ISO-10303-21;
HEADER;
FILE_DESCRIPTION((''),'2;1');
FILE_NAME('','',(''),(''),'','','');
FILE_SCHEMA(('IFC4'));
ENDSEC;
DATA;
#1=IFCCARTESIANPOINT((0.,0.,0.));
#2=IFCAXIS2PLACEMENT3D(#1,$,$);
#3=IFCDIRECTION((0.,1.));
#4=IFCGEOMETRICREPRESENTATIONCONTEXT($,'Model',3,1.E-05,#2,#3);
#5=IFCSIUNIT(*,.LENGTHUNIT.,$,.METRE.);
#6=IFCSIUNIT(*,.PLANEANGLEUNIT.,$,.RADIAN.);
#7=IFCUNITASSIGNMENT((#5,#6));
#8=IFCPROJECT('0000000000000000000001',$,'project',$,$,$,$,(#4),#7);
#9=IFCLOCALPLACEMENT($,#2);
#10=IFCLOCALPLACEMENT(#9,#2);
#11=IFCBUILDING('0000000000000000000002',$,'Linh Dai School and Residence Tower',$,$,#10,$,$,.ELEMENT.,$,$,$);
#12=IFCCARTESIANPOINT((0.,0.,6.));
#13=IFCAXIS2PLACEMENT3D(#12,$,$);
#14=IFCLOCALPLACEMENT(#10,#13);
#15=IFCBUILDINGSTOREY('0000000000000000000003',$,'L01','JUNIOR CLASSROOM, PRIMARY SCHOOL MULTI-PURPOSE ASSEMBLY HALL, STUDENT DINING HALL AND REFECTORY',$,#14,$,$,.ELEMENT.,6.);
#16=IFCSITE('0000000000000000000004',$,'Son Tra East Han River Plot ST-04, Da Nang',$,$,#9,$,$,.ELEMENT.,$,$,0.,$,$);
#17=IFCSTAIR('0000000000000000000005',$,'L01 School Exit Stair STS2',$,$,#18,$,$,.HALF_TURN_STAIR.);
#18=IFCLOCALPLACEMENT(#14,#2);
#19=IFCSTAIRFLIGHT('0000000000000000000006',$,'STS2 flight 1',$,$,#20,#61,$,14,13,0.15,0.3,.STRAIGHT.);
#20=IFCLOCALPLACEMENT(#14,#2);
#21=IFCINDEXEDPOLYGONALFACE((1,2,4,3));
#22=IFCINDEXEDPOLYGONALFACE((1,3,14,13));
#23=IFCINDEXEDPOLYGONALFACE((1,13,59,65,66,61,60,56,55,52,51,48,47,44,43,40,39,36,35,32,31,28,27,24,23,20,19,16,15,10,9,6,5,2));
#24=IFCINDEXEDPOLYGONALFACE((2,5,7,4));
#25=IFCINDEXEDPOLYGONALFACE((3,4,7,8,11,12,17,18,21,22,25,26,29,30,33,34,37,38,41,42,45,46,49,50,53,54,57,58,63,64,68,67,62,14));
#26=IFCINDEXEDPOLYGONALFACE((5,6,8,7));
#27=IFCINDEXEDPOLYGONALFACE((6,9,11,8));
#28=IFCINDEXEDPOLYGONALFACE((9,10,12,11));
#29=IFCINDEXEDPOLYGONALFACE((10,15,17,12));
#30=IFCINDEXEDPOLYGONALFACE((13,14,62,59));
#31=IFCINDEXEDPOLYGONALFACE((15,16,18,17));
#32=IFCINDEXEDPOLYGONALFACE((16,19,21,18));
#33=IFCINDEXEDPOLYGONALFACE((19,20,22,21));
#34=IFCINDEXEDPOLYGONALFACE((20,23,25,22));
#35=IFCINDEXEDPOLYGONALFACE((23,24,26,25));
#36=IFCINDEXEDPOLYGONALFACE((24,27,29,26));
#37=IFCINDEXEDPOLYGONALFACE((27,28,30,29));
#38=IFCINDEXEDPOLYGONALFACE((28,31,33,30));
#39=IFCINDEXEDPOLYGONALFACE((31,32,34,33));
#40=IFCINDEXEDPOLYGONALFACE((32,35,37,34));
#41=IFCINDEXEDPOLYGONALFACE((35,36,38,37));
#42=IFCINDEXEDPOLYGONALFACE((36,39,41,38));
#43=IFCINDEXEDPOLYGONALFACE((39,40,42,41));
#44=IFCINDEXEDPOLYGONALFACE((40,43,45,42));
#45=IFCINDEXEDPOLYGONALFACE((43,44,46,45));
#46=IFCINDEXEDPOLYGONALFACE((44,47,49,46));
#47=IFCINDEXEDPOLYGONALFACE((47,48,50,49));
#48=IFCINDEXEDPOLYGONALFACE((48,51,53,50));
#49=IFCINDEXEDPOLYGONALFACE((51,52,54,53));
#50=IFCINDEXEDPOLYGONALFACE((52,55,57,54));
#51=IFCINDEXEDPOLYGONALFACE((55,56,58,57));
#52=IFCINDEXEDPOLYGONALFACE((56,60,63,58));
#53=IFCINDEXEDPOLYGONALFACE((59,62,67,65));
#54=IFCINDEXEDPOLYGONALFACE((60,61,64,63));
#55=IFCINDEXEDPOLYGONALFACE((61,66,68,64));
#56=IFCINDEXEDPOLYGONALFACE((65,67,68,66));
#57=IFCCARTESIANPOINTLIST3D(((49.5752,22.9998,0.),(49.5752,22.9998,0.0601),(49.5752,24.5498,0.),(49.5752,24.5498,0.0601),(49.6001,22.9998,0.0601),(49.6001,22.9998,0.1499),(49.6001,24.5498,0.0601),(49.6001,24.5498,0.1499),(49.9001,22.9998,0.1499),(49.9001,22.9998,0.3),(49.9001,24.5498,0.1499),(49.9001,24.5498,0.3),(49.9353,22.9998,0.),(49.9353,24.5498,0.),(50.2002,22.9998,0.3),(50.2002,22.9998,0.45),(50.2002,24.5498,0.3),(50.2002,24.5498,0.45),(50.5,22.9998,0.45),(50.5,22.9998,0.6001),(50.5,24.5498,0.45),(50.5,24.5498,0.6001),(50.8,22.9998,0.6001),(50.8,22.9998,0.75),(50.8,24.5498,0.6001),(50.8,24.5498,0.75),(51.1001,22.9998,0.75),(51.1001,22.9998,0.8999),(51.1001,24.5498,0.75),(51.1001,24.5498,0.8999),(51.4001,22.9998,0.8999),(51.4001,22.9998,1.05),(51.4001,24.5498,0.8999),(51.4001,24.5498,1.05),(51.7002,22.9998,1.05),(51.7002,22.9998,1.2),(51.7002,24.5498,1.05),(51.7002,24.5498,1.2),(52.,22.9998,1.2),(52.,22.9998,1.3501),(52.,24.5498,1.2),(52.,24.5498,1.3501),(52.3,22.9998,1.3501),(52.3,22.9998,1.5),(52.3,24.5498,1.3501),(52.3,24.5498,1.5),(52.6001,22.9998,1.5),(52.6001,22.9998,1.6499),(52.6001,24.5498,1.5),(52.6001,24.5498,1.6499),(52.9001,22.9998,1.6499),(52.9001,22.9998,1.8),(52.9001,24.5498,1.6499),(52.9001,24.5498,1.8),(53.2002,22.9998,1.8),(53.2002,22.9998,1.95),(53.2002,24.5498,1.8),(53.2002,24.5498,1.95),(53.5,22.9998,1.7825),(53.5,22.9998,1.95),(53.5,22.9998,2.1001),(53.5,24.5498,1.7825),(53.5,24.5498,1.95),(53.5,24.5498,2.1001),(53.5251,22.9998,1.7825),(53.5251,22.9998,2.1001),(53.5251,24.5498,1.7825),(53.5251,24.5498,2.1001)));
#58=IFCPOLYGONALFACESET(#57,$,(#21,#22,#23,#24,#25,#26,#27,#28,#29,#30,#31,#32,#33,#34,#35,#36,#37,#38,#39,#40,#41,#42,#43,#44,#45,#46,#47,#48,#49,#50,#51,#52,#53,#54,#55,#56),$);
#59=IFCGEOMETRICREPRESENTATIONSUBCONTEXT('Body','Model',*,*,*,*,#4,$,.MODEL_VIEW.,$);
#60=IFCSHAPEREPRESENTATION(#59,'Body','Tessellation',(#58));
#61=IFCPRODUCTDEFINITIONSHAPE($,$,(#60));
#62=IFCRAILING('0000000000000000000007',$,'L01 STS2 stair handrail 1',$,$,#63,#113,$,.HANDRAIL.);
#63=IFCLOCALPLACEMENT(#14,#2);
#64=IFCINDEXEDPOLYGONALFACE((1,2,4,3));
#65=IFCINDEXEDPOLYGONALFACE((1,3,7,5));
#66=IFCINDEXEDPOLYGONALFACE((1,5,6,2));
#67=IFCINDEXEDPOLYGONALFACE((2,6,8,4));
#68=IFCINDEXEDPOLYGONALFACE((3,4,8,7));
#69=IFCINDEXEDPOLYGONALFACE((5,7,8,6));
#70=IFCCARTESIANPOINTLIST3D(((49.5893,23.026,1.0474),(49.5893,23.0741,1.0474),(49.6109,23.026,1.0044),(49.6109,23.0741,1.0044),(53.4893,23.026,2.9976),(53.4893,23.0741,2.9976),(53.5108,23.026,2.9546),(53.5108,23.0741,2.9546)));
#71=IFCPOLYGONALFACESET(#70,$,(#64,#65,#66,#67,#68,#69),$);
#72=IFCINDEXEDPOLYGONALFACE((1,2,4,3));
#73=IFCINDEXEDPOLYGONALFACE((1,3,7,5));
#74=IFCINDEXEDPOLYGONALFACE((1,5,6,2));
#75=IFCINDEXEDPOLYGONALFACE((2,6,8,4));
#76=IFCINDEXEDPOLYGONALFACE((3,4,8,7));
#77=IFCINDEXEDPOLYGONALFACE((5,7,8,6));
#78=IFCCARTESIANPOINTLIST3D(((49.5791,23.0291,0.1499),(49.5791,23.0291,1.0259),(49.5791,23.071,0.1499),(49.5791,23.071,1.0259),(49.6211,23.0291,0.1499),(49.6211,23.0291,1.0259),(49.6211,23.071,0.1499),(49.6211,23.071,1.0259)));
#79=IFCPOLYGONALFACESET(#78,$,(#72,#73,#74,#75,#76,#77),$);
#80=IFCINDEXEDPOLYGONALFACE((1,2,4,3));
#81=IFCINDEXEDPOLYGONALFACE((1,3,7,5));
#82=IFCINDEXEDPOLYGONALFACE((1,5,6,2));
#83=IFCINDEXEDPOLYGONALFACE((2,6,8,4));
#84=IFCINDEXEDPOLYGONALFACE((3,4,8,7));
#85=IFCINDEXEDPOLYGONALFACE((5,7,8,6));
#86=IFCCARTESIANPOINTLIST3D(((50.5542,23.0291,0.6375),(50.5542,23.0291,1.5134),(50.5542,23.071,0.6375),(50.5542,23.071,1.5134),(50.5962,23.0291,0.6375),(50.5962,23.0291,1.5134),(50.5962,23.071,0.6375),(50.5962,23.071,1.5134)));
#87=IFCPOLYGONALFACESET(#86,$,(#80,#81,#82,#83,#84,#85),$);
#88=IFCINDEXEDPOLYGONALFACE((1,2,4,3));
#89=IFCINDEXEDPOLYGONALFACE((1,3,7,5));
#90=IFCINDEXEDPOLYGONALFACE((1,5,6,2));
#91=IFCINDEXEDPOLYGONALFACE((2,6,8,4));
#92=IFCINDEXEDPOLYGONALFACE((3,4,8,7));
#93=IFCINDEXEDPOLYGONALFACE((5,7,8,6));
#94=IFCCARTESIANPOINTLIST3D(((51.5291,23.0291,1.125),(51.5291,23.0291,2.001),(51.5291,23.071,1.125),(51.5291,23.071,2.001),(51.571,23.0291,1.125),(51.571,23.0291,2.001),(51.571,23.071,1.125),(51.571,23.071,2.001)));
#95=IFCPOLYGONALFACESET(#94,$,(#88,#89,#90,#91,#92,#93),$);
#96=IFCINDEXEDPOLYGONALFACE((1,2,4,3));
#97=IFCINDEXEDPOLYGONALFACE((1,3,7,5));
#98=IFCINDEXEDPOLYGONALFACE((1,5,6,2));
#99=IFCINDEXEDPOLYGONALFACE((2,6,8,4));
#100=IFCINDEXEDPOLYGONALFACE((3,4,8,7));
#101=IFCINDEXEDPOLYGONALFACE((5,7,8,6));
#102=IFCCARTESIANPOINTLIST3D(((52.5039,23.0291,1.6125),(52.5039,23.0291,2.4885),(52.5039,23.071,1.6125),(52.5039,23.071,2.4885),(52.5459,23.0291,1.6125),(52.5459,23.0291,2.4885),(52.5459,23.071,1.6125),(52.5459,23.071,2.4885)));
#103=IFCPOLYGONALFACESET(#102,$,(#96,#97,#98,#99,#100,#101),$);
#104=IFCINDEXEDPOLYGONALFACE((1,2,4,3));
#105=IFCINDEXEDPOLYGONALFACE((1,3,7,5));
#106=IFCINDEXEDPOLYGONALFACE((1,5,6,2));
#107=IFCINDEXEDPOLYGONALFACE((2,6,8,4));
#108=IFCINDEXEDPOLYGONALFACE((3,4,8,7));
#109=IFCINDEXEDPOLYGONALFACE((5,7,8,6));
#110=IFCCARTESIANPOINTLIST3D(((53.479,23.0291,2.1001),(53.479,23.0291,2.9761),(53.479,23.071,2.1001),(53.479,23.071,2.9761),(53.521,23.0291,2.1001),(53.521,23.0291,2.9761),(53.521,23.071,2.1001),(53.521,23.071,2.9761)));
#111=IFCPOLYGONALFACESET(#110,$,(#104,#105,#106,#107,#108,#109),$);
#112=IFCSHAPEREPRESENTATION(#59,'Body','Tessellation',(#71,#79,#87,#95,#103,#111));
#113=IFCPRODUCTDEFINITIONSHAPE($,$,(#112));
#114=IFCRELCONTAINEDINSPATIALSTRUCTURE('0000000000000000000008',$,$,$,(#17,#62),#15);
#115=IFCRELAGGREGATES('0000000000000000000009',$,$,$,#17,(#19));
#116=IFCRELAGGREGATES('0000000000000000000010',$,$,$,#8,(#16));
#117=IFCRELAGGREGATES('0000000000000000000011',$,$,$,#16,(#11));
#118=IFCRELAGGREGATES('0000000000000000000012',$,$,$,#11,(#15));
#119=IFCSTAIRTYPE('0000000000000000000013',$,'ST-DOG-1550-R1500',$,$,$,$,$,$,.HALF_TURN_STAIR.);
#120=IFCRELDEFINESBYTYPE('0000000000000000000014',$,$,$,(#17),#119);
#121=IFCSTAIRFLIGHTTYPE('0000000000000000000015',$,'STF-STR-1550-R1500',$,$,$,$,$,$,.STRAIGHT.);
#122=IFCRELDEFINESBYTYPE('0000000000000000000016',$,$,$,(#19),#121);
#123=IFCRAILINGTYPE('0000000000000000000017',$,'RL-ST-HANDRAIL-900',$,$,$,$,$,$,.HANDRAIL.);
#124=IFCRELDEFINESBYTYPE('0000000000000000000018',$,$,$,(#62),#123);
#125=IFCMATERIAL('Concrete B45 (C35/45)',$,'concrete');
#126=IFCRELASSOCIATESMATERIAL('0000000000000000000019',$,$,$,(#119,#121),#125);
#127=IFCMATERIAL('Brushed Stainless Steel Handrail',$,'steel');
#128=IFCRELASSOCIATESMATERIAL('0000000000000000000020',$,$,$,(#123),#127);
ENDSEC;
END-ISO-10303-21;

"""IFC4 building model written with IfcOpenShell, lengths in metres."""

from ifc_helpers import new_model, si_unit, direction, frame, origin, origin_2d, place, context, subcontext, project, spatial, polyline, rectangle, outline, extrude, source, transform, mapped, material, type_object, element, aggregate, save


model = new_model("IFC4")

# Units and contexts
model_context = context("Model", 3, precision=1e-05, world=origin(), true_north=direction((0.0, 1.0)))
body_context = subcontext(model_context, "Body", "Model", "MODEL_VIEW")
ifc_project = project(units=[si_unit("LENGTHUNIT", "METRE"), si_unit("PLANEANGLEUNIT", "RADIAN")], contexts=[model_context])

# Site, building, storey
site_placement = place(None, origin())
site = spatial("IfcSite", under=ifc_project, at=site_placement, Name="Son Tra East Han River Plot ST-04, Da Nang", CompositionType="ELEMENT", RefElevation=0.0)
building_placement = place(site_placement, origin())
building = spatial("IfcBuilding", under=site, at=building_placement, Name="Linh Dai School and Residence Tower", CompositionType="ELEMENT")
storey_placement = place(building_placement, frame((0.0, 0.0, 6.0)))
storey = spatial("IfcBuildingStorey", under=building, at=storey_placement, Name="L01", Description="JUNIOR CLASSROOM, PRIMARY SCHOOL MULTI-PURPOSE ASSEMBLY HALL, STUDENT DINING HALL AND REFECTORY", CompositionType="ELEMENT", Elevation=6.0)

# Shared definitions
ifc_material_1 = material(Name="Concrete B45 (C35/45)", Category="concrete")

# Stair, stair flight
stair_type = type_object("IfcStairType", Name="ST-DOG-1550-R1500", PredefinedType="HALF_TURN_STAIR", material=ifc_material_1)
stair_placement = place(storey_placement, origin())
stair = element("IfcStair", 1, at=stair_placement, inside=storey, type_object=stair_type, Name="L01 School Exit Stair STS2", PredefinedType="HALF_TURN_STAIR")
stair_flight_type = type_object("IfcStairFlightType", Name="STF-STR-1550-R1500", PredefinedType="STRAIGHT", material=ifc_material_1)
shared_shape_1 = source(origin(), body_context, "Body", "SweptSolid", [
    extrude(outline(polyline([(-0.0249, 0.0), (-0.0249, 0.0601), (0.0, 0.0601), (0.0, 0.1499), (0.3, 0.1499), (0.3, 0.3), (0.6001, 0.3), (0.6001, 0.45), (0.8999, 0.45), (0.8999, 0.6001), (1.2, 0.6001), (1.2, 0.75), (1.5, 0.75), (1.5, 0.8999), (1.8, 0.8999), (1.8, 1.05), (2.1001, 1.05), (2.1001, 1.2), (2.3999, 1.2), (2.3999, 1.3501), (2.7, 1.3501), (2.7, 1.5), (3.0, 1.5), (3.0, 1.6499), (3.3, 1.6499), (3.3, 1.8), (3.6001, 1.8), (3.6001, 1.95), (3.8999, 1.95), (3.8999, 2.1001), (3.925, 2.1001), (3.925, 1.7825), (3.8999, 1.7825), (0.3352, 0.0), (-0.0249, 0.0)])), frame((0.0, 0.7749, 0.0), z_axis=(0.0, -1.0, 0.0), x_axis=(1.0, 0.0, 0.0)), (0.0, 0.0, 1.0), 1.55),
])
stair_flight_placement = place(storey_placement, frame((49.6001, 23.7749, 0.0), z_axis=(0.0, 0.0, 1.0), x_axis=(1.0, 0.0, 0.0)))
stair_flight = element("IfcStairFlight", 2, at=stair_flight_placement, type_object=stair_flight_type, Name="STS2 flight 1", NumberOfRisers=14, NumberOfTreads=13, PredefinedType="STRAIGHT", RiserHeight=0.15, TreadLength=0.3, context=body_context, shape_type="MappedRepresentation", body=[
    mapped(shared_shape_1, transform((0.0, 0.0, 0.0), x_axis=(1.0, 0.0, 0.0), y_axis=(0.0, 1.0, 0.0), z_axis=(0.0, 0.0, 1.0), scale=1.0)),
])
aggregate(stair, [stair_flight])

# Railing
ifc_material_2 = material(Name="Brushed Stainless Steel Handrail", Category="steel")
railing_type_1 = type_object("IfcRailingType", Name="RL-ST-HANDRAIL-900", PredefinedType="HANDRAIL", material=ifc_material_2)
shared_shape_2 = source(origin(), body_context, "Body", "SweptSolid", [
    extrude(rectangle(XDim=0.0481, YDim=0.0481, at=origin_2d()), frame((0.0, 0.0, 0.876), z_axis=(0.894405, 0.0, 0.447258), x_axis=(0.0, 1.0, 0.0)), (0.0, 0.0, 1.0), 4.3604),
    extrude(rectangle(XDim=0.042, YDim=0.042, at=origin_2d()), origin(), (0.0, 0.0, 1.0), 0.876),
    extrude(rectangle(XDim=0.042, YDim=0.042, at=origin_2d()), frame((0.9751, 0.0, 0.4875)), (0.0, 0.0, 1.0), 0.876),
    extrude(rectangle(XDim=0.042, YDim=0.042, at=origin_2d()), frame((1.95, 0.0, 0.9751)), (0.0, 0.0, 1.0), 0.876),
    extrude(rectangle(XDim=0.042, YDim=0.042, at=origin_2d()), frame((2.9248, 0.0, 1.4626)), (0.0, 0.0, 1.0), 0.876),
    extrude(rectangle(XDim=0.042, YDim=0.042, at=origin_2d()), frame((3.8999, 0.0, 1.9502)), (0.0, 0.0, 1.0), 0.876),
])
railing_1_placement = place(storey_placement, frame((49.6001, 23.05, 0.1499)))
element("IfcRailing", 3, at=railing_1_placement, inside=storey, type_object=railing_type_1, Name="L01 STS2 stair handrail 1", PredefinedType="HANDRAIL", context=body_context, shape_type="MappedRepresentation", body=[
    mapped(shared_shape_2, transform((0.0, 0.0, 0.0), x_axis=(1.0, 0.0, 0.0), y_axis=(0.0, 1.0, 0.0), z_axis=(0.0, 0.0, 1.0), scale=1.0)),
])

save(model, "model.ifc")
